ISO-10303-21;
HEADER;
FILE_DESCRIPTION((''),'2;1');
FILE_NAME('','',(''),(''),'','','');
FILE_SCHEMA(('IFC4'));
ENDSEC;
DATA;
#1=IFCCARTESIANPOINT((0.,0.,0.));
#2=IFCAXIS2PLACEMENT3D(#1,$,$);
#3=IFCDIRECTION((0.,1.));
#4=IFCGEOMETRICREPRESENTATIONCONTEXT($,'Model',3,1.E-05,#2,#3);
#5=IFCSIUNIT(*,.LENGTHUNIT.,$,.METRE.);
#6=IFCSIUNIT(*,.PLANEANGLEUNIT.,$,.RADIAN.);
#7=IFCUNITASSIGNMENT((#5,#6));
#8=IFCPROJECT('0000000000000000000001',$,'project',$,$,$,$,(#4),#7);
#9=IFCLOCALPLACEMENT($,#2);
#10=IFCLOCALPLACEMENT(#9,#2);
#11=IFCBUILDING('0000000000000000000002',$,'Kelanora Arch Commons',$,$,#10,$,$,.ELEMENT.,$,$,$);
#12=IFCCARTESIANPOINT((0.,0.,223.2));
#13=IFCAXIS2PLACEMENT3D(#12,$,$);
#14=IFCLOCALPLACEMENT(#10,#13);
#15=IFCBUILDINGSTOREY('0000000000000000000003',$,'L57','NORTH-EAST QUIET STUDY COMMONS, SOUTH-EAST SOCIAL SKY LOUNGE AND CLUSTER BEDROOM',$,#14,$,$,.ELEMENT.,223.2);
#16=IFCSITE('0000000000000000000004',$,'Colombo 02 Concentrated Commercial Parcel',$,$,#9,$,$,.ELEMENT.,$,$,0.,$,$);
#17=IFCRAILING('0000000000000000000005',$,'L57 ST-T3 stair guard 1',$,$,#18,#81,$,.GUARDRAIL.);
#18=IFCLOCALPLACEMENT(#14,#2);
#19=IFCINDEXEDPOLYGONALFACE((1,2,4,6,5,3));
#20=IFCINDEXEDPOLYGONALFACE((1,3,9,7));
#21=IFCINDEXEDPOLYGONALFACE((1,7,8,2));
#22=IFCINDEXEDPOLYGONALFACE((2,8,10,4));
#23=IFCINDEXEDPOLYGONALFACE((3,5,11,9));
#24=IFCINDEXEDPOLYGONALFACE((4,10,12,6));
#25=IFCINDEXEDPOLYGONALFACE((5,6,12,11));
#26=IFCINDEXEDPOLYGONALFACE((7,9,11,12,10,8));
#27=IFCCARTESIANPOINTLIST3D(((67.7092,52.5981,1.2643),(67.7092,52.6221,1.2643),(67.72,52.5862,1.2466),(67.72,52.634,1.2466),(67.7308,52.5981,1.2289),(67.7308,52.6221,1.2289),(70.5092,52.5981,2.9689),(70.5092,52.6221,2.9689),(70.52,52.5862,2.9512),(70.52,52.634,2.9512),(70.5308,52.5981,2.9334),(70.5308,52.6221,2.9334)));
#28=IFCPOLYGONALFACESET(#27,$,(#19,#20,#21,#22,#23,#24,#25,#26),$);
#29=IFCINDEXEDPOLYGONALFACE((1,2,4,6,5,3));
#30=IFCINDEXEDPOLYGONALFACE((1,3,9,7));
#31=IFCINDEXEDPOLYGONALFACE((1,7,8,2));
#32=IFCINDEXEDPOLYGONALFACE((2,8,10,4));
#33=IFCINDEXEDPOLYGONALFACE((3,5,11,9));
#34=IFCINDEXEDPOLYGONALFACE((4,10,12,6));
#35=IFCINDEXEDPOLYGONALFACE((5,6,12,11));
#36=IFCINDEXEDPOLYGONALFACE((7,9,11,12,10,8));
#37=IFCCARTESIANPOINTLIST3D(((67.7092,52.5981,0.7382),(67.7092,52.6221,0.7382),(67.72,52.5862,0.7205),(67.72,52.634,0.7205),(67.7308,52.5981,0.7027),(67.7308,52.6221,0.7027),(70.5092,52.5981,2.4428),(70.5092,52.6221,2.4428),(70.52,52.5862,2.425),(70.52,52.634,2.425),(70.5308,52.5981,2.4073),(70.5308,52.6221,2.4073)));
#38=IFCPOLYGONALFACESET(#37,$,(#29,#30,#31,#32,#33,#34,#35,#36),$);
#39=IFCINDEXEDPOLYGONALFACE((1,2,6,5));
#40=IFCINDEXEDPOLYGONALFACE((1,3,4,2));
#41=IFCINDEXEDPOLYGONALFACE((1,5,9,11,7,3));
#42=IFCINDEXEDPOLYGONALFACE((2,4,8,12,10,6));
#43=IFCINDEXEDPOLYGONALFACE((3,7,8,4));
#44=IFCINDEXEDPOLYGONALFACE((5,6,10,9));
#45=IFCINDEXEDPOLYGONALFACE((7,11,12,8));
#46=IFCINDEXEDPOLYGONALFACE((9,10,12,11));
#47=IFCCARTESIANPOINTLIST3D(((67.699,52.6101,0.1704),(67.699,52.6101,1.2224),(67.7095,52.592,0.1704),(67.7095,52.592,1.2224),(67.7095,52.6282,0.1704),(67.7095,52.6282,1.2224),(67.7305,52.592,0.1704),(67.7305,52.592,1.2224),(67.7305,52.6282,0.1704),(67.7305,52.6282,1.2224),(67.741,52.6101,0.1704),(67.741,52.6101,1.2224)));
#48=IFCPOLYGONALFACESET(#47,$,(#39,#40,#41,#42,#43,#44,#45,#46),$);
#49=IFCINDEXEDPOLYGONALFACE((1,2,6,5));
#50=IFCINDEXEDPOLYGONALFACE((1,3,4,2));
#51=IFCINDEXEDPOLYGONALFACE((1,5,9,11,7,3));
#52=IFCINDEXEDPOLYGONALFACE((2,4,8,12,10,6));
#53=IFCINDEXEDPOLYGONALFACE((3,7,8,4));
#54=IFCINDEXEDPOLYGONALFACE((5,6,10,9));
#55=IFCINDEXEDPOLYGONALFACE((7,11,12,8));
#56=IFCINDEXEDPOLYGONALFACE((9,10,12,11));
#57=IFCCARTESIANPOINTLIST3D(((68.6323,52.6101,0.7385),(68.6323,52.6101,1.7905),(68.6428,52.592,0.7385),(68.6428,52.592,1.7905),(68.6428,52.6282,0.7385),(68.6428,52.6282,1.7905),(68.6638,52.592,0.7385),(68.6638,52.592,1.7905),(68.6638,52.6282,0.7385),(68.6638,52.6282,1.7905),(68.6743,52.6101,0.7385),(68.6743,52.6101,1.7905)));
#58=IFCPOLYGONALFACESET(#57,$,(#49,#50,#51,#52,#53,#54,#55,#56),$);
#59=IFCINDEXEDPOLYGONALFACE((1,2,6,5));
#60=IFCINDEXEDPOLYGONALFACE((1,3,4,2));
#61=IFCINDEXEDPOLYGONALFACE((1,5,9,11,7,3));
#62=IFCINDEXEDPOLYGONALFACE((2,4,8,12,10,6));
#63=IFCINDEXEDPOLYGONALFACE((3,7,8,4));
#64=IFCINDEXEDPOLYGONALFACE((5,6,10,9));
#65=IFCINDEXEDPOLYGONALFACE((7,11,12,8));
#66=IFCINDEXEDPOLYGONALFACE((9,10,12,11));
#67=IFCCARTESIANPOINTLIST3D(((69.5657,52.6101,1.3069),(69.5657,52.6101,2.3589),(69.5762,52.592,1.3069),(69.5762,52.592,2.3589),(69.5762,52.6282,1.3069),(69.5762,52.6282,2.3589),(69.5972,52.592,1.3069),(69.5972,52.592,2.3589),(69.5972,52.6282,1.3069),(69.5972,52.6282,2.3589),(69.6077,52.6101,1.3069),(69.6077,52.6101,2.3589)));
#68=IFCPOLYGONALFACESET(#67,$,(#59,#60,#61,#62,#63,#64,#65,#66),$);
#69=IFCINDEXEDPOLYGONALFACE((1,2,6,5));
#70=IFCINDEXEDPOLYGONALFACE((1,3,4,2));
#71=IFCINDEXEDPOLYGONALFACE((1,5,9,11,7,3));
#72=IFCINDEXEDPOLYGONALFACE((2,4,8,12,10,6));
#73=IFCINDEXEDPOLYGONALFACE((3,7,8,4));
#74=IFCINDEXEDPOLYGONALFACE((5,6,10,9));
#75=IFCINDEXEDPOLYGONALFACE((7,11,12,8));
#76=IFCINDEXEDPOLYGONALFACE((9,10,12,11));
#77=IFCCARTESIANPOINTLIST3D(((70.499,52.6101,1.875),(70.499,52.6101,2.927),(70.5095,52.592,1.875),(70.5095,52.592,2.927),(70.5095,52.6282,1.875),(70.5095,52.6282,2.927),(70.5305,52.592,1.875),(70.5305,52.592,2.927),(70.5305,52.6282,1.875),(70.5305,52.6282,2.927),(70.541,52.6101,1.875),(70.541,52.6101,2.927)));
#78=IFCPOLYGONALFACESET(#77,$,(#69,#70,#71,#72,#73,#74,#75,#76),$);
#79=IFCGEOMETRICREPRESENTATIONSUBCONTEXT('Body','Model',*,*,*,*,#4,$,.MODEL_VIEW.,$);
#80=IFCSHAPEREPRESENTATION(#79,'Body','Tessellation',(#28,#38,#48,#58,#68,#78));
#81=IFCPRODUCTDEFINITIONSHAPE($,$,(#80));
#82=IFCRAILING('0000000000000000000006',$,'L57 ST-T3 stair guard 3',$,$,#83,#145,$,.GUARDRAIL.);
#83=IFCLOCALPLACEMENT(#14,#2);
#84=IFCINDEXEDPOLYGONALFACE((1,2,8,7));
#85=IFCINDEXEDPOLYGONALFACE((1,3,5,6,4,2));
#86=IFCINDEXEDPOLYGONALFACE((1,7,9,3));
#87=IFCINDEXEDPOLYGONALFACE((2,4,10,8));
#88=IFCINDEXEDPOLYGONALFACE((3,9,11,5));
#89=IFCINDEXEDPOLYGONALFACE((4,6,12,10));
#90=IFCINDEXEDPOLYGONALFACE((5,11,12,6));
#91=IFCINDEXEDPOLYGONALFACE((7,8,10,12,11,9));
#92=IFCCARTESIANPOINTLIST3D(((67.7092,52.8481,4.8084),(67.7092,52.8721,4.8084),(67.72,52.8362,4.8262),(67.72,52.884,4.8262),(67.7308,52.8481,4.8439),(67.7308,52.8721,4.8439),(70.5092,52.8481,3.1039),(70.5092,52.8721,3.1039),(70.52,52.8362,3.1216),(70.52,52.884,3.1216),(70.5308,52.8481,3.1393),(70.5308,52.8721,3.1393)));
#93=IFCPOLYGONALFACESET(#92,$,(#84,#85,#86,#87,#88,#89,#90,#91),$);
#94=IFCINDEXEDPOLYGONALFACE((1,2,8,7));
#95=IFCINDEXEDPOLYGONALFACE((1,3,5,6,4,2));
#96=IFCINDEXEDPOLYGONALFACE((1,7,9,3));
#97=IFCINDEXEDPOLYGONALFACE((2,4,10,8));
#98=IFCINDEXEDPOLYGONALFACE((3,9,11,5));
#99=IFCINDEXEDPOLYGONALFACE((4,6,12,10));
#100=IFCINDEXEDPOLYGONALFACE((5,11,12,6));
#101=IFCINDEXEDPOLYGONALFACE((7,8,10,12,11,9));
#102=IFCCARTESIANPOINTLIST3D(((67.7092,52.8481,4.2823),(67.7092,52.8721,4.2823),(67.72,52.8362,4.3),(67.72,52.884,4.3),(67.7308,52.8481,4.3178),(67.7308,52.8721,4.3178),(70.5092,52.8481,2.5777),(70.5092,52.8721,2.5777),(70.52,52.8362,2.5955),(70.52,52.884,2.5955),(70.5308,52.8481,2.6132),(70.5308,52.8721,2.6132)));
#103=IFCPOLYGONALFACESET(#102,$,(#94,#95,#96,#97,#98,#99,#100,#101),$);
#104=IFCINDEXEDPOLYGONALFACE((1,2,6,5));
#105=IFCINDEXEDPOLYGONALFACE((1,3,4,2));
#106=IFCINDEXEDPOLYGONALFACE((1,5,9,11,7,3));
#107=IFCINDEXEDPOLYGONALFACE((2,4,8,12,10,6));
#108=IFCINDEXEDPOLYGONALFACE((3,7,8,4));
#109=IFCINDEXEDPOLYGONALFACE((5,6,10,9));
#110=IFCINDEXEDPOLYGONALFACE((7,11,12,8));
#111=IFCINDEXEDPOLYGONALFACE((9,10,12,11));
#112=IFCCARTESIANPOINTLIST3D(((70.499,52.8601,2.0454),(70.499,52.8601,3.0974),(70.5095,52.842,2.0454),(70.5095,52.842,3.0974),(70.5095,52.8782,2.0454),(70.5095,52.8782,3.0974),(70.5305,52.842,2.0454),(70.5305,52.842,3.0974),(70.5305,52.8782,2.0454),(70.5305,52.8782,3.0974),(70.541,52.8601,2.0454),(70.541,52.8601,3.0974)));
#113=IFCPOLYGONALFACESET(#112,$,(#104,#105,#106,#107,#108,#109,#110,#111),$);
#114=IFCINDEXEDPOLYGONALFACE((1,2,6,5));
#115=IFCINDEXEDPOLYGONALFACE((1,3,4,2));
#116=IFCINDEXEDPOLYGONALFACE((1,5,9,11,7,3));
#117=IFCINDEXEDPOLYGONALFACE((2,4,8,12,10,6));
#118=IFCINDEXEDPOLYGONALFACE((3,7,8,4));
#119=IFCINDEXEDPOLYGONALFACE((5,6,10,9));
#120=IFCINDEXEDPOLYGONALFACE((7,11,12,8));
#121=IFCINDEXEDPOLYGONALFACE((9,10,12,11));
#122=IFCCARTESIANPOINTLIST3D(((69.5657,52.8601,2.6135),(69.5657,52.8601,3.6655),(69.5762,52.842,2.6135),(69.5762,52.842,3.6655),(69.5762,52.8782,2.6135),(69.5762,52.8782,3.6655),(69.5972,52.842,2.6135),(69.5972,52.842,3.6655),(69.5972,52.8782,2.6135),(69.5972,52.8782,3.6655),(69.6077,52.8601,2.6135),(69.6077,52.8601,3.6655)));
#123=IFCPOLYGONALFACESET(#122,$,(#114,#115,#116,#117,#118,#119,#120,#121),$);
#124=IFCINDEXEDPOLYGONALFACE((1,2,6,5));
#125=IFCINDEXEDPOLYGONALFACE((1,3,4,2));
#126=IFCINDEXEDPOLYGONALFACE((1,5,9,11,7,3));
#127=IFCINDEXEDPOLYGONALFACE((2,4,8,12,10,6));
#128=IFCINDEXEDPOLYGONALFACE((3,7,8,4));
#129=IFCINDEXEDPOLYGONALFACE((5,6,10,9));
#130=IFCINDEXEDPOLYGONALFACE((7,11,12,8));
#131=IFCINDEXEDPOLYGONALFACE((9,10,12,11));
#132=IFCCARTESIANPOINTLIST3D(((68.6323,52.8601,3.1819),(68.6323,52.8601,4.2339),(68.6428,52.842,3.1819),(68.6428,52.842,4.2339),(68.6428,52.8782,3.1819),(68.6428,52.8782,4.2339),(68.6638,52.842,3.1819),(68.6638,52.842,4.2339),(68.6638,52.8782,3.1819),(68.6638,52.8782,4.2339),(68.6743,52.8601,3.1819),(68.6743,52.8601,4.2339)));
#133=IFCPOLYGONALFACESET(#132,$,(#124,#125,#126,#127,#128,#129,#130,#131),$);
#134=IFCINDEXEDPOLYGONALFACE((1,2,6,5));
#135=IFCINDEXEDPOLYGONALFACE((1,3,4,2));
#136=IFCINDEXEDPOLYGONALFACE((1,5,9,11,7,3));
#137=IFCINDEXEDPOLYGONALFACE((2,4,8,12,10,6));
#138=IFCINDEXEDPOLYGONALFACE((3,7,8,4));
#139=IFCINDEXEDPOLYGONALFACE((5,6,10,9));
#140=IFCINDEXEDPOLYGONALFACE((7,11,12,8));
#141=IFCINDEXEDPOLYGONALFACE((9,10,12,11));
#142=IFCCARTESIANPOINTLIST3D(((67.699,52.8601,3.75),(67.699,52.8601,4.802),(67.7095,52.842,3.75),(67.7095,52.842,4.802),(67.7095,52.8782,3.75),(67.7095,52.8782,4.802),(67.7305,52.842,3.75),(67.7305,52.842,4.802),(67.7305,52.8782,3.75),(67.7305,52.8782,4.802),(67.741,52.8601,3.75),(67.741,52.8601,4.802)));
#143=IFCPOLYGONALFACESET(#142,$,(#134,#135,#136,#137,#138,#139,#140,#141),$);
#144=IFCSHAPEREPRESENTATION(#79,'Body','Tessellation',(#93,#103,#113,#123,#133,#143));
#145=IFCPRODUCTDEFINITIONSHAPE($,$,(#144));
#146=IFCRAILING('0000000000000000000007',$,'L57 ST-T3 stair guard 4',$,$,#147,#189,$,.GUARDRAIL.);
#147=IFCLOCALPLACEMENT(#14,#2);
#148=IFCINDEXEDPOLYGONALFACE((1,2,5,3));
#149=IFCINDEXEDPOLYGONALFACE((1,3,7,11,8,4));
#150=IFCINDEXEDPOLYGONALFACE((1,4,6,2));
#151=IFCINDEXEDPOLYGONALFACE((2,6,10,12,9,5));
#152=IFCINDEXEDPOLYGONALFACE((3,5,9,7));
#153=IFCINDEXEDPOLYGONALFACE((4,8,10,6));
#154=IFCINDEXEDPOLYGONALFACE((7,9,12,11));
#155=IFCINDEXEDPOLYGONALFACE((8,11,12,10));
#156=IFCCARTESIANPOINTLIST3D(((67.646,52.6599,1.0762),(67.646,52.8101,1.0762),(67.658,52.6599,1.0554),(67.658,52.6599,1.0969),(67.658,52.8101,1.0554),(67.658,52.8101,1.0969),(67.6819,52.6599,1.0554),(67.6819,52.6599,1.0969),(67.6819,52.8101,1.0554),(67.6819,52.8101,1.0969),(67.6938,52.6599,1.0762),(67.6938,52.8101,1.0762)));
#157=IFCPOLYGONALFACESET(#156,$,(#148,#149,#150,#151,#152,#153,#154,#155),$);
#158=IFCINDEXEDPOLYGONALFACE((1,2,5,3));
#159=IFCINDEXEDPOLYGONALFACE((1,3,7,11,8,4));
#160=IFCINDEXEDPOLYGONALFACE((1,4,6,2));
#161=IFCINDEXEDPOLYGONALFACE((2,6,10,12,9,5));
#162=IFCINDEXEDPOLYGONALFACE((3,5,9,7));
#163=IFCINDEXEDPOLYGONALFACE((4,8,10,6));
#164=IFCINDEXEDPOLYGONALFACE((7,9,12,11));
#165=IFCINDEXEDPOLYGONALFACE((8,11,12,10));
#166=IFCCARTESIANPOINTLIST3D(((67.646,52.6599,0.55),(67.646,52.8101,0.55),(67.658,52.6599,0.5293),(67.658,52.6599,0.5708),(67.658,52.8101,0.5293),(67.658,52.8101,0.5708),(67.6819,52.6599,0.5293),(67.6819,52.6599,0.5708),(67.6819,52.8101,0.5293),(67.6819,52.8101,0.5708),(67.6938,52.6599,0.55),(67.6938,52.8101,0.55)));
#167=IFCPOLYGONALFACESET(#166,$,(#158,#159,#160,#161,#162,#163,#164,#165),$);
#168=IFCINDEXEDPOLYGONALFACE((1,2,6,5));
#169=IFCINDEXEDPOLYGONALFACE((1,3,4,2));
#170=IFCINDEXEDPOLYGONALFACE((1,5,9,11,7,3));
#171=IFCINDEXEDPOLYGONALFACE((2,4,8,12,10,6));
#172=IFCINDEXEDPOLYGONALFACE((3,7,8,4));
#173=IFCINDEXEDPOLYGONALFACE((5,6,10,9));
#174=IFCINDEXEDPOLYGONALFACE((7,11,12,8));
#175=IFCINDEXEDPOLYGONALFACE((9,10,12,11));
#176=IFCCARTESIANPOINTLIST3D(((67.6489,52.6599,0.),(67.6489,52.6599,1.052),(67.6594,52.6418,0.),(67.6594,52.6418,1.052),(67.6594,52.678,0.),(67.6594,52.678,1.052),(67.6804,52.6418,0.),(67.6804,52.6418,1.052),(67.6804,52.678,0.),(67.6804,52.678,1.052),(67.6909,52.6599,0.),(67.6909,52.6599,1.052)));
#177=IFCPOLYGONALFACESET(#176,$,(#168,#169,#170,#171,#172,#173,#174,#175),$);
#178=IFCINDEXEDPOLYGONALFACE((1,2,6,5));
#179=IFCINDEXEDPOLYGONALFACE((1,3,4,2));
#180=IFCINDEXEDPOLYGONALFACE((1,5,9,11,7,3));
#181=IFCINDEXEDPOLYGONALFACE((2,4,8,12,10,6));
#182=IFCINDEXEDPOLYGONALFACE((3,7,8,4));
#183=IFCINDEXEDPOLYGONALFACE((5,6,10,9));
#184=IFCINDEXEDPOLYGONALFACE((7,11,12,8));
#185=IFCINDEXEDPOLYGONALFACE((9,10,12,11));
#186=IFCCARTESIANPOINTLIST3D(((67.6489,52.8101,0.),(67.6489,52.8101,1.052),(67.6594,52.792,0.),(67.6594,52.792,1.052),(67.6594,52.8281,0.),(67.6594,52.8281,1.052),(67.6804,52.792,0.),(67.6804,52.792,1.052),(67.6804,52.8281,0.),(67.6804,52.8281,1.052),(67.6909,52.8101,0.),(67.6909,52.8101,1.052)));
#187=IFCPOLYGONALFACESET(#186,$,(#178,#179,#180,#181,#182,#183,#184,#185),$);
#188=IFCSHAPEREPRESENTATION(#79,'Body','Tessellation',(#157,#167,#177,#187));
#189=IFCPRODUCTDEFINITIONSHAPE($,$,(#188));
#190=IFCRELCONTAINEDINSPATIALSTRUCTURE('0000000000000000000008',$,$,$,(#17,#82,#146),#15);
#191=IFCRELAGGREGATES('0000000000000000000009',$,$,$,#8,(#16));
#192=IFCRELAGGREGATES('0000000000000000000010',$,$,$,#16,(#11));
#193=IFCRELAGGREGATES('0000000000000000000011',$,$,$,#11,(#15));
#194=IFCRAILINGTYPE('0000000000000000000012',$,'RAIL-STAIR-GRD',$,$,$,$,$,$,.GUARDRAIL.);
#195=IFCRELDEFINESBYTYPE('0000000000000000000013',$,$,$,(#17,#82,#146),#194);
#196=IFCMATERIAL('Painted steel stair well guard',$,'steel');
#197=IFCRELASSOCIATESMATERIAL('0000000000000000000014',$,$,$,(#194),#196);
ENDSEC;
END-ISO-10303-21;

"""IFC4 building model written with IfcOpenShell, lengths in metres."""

from ifc_helpers import new_model, si_unit, direction, frame, origin, place, context, subcontext, project, spatial, polyline, outline, extrude, material, type_object, element, save


model = new_model("IFC4")

# Units and contexts
model_context = context("Model", 3, precision=1e-05, world=origin(), true_north=direction((0.0, 1.0)))
body_context = subcontext(model_context, "Body", "Model", "MODEL_VIEW")
ifc_project = project(units=[si_unit("LENGTHUNIT", "METRE"), si_unit("PLANEANGLEUNIT", "RADIAN")], contexts=[model_context])

# Site, building, storey
site_placement = place(None, origin())
site = spatial("IfcSite", under=ifc_project, at=site_placement, Name="Colombo 02 Concentrated Commercial Parcel", CompositionType="ELEMENT", RefElevation=0.0)
building_placement = place(site_placement, origin())
building = spatial("IfcBuilding", under=site, at=building_placement, Name="Kelanora Arch Commons", CompositionType="ELEMENT")
storey_placement = place(building_placement, frame((0.0, 0.0, 223.2)))
storey = spatial("IfcBuildingStorey", under=building, at=storey_placement, Name="L57", Description="NORTH-EAST QUIET STUDY COMMONS, SOUTH-EAST SOCIAL SKY LOUNGE AND CLUSTER BEDROOM", CompositionType="ELEMENT", Elevation=223.2)

# Railings
ifc_material_1 = material(Name="Painted steel stair well guard", Category="steel")
railing_type_1 = type_object("IfcRailingType", Name="RAIL-STAIR-GRD", PredefinedType="GUARDRAIL", material=ifc_material_1)
railing_1_placement = place(storey_placement, frame((67.72, 52.6101, 0.1704)))
element("IfcRailing", 1, at=railing_1_placement, inside=storey, type_object=railing_type_1, Name="L57 ST-T3 stair guard 1", PredefinedType="GUARDRAIL", context=body_context, shape_type="SweptSolid", body=[
    extrude(outline(polyline([(0.0239, 0.0), (0.012, 0.0208), (-0.012, 0.0208), (-0.0239, 0.0), (-0.012, -0.0208), (0.012, -0.0208), (0.0239, 0.0)])), frame((0.0, 0.0, 1.0762), z_axis=(0.85417, 0.0, 0.519994), x_axis=(0.0, 1.0, 0.0)), (0.0, 0.0, 1.0), 3.2781),
    extrude(outline(polyline([(0.0239, 0.0), (0.012, 0.0208), (-0.012, 0.0208), (-0.0239, 0.0), (-0.012, -0.0208), (0.012, -0.0208), (0.0239, 0.0)])), frame((0.0, 0.0, 0.55), z_axis=(0.85417, 0.0, 0.519994), x_axis=(0.0, 1.0, 0.0)), (0.0, 0.0, 1.0), 3.2781),
    extrude(outline(polyline([(0.021, 0.0), (0.0105, 0.0181), (-0.0105, 0.0181), (-0.021, 0.0), (-0.0105, -0.0181), (0.0105, -0.0181), (0.021, 0.0)])), origin(), (0.0, 0.0, 1.0), 1.052),
    extrude(outline(polyline([(0.021, 0.0), (0.0105, 0.0181), (-0.0105, 0.0181), (-0.021, 0.0), (-0.0105, -0.0181), (0.0105, -0.0181), (0.021, 0.0)])), frame((0.9333, 0.0, 0.5681)), (0.0, 0.0, 1.0), 1.052),
    extrude(outline(polyline([(0.021, 0.0), (0.0105, 0.0181), (-0.0105, 0.0181), (-0.021, 0.0), (-0.0105, -0.0181), (0.0105, -0.0181), (0.021, 0.0)])), frame((1.8667, 0.0, 1.1365)), (0.0, 0.0, 1.0), 1.052),
    extrude(outline(polyline([(0.021, 0.0), (0.0105, 0.0181), (-0.0105, 0.0181), (-0.021, 0.0), (-0.0105, -0.0181), (0.0105, -0.0181), (0.021, 0.0)])), frame((2.8, 0.0, 1.7046)), (0.0, 0.0, 1.0), 1.052),
])
railing_2_placement = place(storey_placement, frame((70.52, 52.8601, 2.0454)))
element("IfcRailing", 2, at=railing_2_placement, inside=storey, type_object=railing_type_1, Name="L57 ST-T3 stair guard 3", PredefinedType="GUARDRAIL", context=body_context, shape_type="SweptSolid", body=[
    extrude(outline(polyline([(0.0239, 0.0), (0.012, 0.0208), (-0.012, 0.0208), (-0.0239, 0.0), (-0.012, -0.0208), (0.012, -0.0208), (0.0239, 0.0)])), frame((0.0, 0.0, 1.0762), z_axis=(-0.85417, 0.0, 0.519994), x_axis=(0.0, -1.0, 0.0)), (0.0, 0.0, 1.0), 3.2781),
    extrude(outline(polyline([(0.0239, 0.0), (0.012, 0.0208), (-0.012, 0.0208), (-0.0239, 0.0), (-0.012, -0.0208), (0.012, -0.0208), (0.0239, 0.0)])), frame((0.0, 0.0, 0.55), z_axis=(-0.85417, 0.0, 0.519994), x_axis=(0.0, -1.0, 0.0)), (0.0, 0.0, 1.0), 3.2781),
    extrude(outline(polyline([(0.021, 0.0), (0.0105, 0.0181), (-0.0105, 0.0181), (-0.021, 0.0), (-0.0105, -0.0181), (0.0105, -0.0181), (0.021, 0.0)])), origin(), (0.0, 0.0, 1.0), 1.052),
    extrude(outline(polyline([(0.021, 0.0), (0.0105, 0.0181), (-0.0105, 0.0181), (-0.021, 0.0), (-0.0105, -0.0181), (0.0105, -0.0181), (0.021, 0.0)])), frame((-0.9333, 0.0, 0.5681)), (0.0, 0.0, 1.0), 1.052),
    extrude(outline(polyline([(0.021, 0.0), (0.0105, 0.0181), (-0.0105, 0.0181), (-0.021, 0.0), (-0.0105, -0.0181), (0.0105, -0.0181), (0.021, 0.0)])), frame((-1.8667, 0.0, 1.1365)), (0.0, 0.0, 1.0), 1.052),
    extrude(outline(polyline([(0.021, 0.0), (0.0105, 0.0181), (-0.0105, 0.0181), (-0.021, 0.0), (-0.0105, -0.0181), (0.0105, -0.0181), (0.021, 0.0)])), frame((-2.8, 0.0, 1.7046)), (0.0, 0.0, 1.0), 1.052),
])
railing_3_placement = place(storey_placement, frame((67.6699, 52.6599, 0.0)))
element("IfcRailing", 3, at=railing_3_placement, inside=storey, type_object=railing_type_1, Name="L57 ST-T3 stair guard 4", PredefinedType="GUARDRAIL", context=body_context, shape_type="SweptSolid", body=[
    extrude(outline(polyline([(0.0239, 0.0), (0.012, 0.0208), (-0.012, 0.0208), (-0.0239, 0.0), (-0.012, -0.0208), (0.012, -0.0208), (0.0239, 0.0)])), frame((0.0, 0.0, 1.0762), z_axis=(0.0, 1.0, 0.0), x_axis=(-1.0, 0.0, 0.0)), (0.0, 0.0, 1.0), 0.1501),
    extrude(outline(polyline([(0.0239, 0.0), (0.012, 0.0208), (-0.012, 0.0208), (-0.0239, 0.0), (-0.012, -0.0208), (0.012, -0.0208), (0.0239, 0.0)])), frame((0.0, 0.0, 0.55), z_axis=(0.0, 1.0, 0.0), x_axis=(-1.0, 0.0, 0.0)), (0.0, 0.0, 1.0), 0.1501),
    extrude(outline(polyline([(0.021, 0.0), (0.0105, 0.0181), (-0.0105, 0.0181), (-0.021, 0.0), (-0.0105, -0.0181), (0.0105, -0.0181), (0.021, 0.0)])), origin(), (0.0, 0.0, 1.0), 1.052),
    extrude(outline(polyline([(0.021, 0.0), (0.0105, 0.0181), (-0.0105, 0.0181), (-0.021, 0.0), (-0.0105, -0.0181), (0.0105, -0.0181), (0.021, 0.0)])), frame((0.0, 0.1501, 0.0)), (0.0, 0.0, 1.0), 1.052),
])

save(model, "model.ifc")
